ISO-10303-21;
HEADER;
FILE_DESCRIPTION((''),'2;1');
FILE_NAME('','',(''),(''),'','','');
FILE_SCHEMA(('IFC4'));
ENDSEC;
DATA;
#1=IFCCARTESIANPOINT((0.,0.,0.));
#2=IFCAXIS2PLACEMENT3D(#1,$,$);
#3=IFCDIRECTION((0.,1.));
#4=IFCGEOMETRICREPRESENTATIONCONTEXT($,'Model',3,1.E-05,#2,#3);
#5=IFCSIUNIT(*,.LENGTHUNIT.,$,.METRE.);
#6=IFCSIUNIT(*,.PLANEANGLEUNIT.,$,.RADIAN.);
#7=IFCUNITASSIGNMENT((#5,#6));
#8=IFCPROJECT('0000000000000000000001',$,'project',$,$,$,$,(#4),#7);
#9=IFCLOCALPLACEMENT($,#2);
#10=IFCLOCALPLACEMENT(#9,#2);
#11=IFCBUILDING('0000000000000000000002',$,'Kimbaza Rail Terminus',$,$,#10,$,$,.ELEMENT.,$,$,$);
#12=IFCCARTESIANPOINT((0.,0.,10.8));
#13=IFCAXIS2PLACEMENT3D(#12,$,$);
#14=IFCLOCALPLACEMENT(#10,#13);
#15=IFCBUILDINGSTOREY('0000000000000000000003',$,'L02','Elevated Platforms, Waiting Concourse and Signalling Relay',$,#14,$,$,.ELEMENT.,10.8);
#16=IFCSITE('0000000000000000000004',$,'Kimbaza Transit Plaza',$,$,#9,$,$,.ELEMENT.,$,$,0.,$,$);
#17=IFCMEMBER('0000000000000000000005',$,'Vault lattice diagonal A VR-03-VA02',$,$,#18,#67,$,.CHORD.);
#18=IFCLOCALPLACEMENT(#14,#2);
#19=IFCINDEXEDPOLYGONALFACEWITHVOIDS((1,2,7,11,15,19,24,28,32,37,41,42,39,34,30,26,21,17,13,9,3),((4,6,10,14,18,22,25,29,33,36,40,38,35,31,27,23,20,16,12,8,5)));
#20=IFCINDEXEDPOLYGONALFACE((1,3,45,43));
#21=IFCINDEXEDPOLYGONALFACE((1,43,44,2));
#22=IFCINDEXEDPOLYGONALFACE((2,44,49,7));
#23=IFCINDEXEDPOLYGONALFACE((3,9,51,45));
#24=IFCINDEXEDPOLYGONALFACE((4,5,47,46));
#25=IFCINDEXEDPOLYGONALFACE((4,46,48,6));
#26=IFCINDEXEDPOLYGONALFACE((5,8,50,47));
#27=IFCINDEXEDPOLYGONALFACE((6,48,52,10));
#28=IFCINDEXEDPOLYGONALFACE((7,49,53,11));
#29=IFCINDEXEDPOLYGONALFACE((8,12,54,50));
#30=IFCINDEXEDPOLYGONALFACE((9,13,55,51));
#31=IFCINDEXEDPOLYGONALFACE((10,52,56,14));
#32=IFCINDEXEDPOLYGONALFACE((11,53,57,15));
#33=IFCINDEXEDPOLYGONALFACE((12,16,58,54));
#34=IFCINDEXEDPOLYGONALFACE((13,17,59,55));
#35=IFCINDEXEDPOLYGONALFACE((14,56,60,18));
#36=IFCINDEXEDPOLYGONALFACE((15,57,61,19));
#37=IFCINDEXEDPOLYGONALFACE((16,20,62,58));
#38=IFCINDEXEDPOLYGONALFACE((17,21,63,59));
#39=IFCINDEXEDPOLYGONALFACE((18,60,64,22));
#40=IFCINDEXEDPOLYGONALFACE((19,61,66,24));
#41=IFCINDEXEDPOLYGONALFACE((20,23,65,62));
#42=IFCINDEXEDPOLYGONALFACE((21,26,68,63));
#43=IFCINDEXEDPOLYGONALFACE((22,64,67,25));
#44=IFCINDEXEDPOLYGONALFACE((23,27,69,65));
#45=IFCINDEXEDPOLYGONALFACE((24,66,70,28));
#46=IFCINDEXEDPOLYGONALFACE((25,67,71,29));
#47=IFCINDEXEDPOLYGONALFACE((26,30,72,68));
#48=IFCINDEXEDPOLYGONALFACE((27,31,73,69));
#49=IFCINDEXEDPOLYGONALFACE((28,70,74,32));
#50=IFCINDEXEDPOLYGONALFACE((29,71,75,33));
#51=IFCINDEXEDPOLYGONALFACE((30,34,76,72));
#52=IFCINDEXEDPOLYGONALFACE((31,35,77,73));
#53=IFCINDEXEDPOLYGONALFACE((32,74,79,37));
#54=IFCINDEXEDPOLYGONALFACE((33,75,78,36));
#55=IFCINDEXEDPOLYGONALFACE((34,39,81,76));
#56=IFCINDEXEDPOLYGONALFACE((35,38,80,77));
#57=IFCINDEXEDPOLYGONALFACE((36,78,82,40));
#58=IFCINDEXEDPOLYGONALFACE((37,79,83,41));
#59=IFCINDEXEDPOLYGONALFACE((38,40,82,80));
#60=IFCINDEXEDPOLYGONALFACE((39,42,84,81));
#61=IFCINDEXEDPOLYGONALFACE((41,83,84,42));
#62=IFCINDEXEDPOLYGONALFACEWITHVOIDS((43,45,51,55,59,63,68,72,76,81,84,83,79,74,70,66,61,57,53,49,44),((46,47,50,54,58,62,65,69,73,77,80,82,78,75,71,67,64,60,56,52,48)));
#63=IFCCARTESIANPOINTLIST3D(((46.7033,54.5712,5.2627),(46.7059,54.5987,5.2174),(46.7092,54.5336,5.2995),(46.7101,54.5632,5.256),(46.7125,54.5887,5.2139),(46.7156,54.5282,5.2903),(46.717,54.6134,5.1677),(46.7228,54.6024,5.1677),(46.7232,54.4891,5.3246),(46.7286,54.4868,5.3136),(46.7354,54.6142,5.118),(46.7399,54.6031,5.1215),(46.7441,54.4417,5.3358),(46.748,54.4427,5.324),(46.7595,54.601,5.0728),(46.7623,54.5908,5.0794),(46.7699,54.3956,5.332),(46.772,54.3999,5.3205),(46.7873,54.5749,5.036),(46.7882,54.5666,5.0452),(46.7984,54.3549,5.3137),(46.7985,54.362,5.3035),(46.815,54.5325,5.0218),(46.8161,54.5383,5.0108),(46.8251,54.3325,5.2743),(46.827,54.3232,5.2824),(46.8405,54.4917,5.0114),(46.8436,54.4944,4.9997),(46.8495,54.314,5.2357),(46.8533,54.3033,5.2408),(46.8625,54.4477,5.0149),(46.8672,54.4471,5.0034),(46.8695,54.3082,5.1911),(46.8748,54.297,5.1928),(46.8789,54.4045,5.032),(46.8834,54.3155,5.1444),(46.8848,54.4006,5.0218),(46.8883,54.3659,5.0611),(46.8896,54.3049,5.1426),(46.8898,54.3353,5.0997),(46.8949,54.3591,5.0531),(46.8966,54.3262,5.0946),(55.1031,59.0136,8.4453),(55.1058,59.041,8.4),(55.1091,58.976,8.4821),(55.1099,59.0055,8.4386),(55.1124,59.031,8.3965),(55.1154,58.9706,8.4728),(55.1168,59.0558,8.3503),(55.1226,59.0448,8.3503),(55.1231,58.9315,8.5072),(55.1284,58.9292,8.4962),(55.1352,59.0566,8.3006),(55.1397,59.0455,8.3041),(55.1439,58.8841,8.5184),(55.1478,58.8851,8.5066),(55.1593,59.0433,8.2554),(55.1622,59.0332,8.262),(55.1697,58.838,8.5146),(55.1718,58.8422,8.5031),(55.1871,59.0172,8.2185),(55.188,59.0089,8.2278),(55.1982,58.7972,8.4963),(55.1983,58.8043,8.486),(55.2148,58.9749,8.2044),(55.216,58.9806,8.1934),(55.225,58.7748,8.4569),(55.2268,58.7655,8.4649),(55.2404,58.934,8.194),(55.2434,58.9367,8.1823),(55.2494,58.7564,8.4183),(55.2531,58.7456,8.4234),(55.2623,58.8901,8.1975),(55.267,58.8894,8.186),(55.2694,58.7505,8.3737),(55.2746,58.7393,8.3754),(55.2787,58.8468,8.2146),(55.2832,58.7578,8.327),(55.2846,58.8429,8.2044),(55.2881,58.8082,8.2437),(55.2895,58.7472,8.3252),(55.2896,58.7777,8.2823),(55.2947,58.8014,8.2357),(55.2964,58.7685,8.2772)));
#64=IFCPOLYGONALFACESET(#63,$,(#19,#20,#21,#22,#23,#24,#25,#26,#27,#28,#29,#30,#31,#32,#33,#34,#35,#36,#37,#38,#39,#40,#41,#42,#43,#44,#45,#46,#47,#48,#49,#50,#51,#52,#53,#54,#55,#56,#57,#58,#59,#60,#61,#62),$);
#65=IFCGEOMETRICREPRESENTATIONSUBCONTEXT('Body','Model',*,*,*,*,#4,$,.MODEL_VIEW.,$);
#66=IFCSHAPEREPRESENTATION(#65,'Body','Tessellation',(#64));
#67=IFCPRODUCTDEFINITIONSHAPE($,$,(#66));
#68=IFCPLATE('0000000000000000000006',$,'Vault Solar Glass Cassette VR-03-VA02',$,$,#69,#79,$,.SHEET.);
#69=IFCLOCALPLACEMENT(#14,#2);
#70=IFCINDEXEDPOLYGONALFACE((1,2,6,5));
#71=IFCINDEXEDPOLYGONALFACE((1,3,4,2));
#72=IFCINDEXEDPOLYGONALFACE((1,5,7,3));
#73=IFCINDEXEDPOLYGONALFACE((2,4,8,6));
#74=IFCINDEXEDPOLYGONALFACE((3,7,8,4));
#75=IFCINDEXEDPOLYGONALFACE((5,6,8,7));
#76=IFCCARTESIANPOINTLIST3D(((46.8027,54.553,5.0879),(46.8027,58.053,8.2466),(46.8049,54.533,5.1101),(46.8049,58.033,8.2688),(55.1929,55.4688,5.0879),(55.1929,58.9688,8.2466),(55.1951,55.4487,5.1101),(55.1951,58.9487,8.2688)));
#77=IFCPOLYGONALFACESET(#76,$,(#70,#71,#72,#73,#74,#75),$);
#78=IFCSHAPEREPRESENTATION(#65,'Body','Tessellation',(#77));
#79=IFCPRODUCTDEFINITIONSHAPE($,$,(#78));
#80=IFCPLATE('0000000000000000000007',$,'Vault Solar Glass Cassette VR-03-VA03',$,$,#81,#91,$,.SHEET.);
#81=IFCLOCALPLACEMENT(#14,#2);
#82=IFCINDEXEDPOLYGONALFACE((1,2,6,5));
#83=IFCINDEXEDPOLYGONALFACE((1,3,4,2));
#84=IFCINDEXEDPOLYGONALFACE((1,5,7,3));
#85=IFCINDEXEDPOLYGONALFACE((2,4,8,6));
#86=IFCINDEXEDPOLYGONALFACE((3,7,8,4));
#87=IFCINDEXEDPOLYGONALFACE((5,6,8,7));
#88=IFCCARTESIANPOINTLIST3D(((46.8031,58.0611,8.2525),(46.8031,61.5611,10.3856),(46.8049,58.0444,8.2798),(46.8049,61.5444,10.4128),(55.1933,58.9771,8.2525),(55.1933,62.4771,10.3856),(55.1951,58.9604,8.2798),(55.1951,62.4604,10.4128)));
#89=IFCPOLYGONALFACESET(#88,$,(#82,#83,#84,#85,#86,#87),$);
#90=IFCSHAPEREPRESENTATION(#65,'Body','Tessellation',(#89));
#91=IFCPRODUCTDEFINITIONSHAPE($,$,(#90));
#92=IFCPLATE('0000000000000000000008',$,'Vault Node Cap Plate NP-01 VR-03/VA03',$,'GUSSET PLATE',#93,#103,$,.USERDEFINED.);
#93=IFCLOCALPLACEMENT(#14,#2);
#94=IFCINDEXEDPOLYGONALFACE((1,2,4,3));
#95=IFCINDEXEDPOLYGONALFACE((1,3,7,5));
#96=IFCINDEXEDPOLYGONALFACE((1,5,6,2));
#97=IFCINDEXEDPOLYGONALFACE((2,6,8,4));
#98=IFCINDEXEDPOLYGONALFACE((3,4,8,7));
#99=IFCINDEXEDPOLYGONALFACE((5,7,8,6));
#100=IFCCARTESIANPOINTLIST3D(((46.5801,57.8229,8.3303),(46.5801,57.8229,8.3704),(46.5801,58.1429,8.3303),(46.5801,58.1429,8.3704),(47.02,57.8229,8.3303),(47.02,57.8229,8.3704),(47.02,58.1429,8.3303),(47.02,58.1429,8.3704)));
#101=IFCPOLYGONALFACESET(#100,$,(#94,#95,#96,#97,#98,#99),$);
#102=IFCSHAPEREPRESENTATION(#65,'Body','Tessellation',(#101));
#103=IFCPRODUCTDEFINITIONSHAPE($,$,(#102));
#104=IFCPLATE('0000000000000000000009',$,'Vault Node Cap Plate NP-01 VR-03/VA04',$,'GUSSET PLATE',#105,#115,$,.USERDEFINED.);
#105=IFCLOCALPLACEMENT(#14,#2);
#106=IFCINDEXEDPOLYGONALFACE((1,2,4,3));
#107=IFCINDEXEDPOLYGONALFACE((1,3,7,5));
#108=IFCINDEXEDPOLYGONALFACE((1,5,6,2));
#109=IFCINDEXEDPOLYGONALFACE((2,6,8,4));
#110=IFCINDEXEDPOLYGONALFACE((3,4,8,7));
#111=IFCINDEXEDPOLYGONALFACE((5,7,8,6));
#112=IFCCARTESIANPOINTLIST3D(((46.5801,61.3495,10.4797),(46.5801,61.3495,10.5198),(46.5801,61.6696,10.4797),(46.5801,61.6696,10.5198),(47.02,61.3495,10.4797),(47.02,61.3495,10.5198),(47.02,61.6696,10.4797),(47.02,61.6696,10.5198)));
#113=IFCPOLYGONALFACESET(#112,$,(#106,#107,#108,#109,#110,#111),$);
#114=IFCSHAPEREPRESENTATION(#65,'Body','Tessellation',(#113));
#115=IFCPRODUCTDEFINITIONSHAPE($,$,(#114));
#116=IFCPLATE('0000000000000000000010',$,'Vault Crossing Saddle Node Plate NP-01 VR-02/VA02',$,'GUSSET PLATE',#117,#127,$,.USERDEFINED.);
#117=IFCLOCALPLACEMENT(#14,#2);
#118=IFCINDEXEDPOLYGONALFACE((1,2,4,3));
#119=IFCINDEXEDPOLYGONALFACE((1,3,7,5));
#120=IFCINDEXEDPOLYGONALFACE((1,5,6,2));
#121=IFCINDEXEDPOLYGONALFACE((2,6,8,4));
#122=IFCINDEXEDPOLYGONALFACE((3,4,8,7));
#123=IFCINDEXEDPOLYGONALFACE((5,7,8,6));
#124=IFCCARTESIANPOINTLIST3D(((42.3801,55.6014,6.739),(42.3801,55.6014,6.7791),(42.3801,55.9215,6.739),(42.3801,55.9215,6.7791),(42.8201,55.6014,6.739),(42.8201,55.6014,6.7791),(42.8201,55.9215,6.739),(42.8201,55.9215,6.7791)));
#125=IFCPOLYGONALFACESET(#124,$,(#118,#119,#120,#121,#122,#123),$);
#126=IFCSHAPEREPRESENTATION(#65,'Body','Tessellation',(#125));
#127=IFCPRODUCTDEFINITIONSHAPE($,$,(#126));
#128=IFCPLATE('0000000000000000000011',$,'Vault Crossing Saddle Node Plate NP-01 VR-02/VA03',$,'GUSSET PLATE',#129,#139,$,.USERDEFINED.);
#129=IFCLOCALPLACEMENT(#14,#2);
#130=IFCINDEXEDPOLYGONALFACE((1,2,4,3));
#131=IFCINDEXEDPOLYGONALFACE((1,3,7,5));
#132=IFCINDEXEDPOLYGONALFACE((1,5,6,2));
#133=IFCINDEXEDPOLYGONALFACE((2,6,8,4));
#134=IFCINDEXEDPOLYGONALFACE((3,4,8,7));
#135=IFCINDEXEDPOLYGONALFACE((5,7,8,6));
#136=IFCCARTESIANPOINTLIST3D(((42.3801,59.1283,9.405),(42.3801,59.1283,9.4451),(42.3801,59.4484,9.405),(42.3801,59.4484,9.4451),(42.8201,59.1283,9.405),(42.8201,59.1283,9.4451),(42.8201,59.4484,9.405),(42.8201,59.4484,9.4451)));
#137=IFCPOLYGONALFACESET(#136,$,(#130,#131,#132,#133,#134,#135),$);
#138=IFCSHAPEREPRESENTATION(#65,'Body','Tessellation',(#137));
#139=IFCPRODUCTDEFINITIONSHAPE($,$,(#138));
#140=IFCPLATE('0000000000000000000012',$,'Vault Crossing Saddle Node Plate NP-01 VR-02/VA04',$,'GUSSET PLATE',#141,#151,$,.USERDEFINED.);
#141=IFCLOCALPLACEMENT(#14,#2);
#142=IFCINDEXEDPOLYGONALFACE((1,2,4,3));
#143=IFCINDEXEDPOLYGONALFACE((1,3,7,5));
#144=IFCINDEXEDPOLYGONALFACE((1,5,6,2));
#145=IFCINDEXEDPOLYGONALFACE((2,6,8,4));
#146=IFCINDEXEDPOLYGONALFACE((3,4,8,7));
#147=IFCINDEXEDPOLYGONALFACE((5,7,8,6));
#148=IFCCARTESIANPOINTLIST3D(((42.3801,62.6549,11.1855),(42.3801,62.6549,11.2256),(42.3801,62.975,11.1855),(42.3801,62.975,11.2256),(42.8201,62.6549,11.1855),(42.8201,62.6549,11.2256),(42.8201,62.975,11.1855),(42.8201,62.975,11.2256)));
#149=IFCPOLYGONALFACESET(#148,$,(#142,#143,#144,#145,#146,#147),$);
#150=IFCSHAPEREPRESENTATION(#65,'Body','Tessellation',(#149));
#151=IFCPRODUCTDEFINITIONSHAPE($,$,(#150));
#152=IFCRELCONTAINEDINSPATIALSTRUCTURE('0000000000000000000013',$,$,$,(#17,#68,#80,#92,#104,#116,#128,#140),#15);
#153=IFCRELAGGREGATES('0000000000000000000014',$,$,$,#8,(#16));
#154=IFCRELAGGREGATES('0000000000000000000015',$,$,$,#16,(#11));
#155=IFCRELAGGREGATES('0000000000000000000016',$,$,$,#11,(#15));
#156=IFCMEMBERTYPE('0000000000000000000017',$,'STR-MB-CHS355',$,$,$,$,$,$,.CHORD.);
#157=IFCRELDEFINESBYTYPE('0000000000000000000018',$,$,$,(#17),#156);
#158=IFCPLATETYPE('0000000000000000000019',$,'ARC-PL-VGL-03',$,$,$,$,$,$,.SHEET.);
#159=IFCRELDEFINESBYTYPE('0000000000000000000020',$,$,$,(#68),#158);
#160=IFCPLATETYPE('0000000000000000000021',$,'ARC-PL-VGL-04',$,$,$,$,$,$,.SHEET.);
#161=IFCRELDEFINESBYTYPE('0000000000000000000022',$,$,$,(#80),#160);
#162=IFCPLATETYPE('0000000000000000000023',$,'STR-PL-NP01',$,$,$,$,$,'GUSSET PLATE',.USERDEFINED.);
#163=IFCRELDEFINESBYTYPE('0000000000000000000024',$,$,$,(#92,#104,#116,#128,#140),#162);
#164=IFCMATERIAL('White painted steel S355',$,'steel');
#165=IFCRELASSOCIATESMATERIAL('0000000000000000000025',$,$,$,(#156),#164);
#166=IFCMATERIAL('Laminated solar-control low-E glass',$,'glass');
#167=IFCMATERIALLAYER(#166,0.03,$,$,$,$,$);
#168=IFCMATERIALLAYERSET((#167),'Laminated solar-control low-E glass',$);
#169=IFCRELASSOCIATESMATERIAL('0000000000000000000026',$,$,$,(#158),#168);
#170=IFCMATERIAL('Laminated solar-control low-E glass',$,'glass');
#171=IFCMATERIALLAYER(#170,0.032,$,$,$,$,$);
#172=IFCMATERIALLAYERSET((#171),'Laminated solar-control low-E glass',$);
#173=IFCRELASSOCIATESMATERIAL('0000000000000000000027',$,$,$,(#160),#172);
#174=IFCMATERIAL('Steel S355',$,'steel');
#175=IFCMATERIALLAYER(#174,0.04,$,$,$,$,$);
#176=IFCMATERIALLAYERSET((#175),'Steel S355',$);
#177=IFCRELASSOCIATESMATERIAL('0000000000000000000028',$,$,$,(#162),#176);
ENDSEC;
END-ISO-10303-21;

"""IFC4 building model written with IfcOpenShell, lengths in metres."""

from ifc_helpers import new_model, si_unit, direction, frame, origin, origin_2d, place, context, subcontext, project, spatial, polyline, rectangle, hollow_circle, outline, extrude, material, layer, layer_set, material_profile, profile_set, type_object, element, save


model = new_model("IFC4")

# Units and contexts
model_context = context("Model", 3, precision=1e-05, world=origin(), true_north=direction((0.0, 1.0)))
body_context = subcontext(model_context, "Body", "Model", "MODEL_VIEW")
ifc_project = project(units=[si_unit("LENGTHUNIT", "METRE"), si_unit("PLANEANGLEUNIT", "RADIAN")], contexts=[model_context])

# Site, building, storey
site_placement = place(None, origin())
site = spatial("IfcSite", under=ifc_project, at=site_placement, Name="Kimbaza Transit Plaza", CompositionType="ELEMENT", RefElevation=0.0)
building_placement = place(site_placement, origin())
building = spatial("IfcBuilding", under=site, at=building_placement, Name="Kimbaza Rail Terminus", CompositionType="ELEMENT")
storey_placement = place(building_placement, frame((0.0, 0.0, 10.8)))
storey = spatial("IfcBuildingStorey", under=building, at=storey_placement, Name="L02", Description="Elevated Platforms, Waiting Concourse and Signalling Relay", CompositionType="ELEMENT", Elevation=10.8)

# Member
ifc_material_1 = material(Name="White painted steel S355", Category="steel")
ifc_material_profile_1 = material_profile(ifc_material_1, hollow_circle(Radius=0.1777, WallThickness=0.0125, at=origin_2d()), Name="CHS 355.6x12.5")
ifc_profile_set_1 = profile_set([ifc_material_profile_1], Name="White painted steel S355")
member_type_1 = type_object("IfcMemberType", Name="STR-MB-CHS355", PredefinedType="CHORD", material=ifc_profile_set_1)
member_1_placement = place(storey_placement, frame((46.8, 54.4563, 5.1677), z_axis=(0.838223, 0.443304, 0.317592), x_axis=(-0.467508, 0.883989, 0.0)))
element("IfcMember", 1, at=member_1_placement, inside=storey, type_object=member_type_1, Name="Vault lattice diagonal A VR-03-VA02", PredefinedType="CHORD", context=body_context, shape_type="SweptSolid", body=[
    extrude(hollow_circle(Radius=0.1777, WallThickness=0.0125, at=origin_2d()), origin(), (0.0, 0.0, 1.0), 10.021),
])

# Plates
ifc_material_2 = material(Name="Laminated solar-control low-E glass", Category="glass")
ifc_layer_1 = layer(ifc_material_2, 0.03)
ifc_layer_set_1 = layer_set([ifc_layer_1], Name="Laminated solar-control low-E glass")
plate_type_1 = type_object("IfcPlateType", Name="ARC-PL-VGL-03", PredefinedType="SHEET", material=ifc_layer_set_1)
plate_1_placement = place(storey_placement, frame((46.8049, 54.533, 5.1101), z_axis=(0.072933, -0.668198, 0.7404), x_axis=(0.994096, 0.108504, 0.0)))
element("IfcPlate", 2, at=plate_1_placement, inside=storey, type_object=plate_type_1, Name="Vault Solar Glass Cassette VR-03-VA02", PredefinedType="SHEET", context=body_context, shape_type="SweptSolid", body=[
    extrude(outline(polyline([(0.0, 0.0), (8.44, 0.0), (8.8197, 4.6993), (0.3798, 4.6993), (0.0, 0.0)])), origin(), (0.0, 0.0, -1.0), 0.03),
])
ifc_material_3 = material(Name="Laminated solar-control low-E glass", Category="glass")
ifc_layer_2 = layer(ifc_material_3, 0.032)
ifc_layer_set_2 = layer_set([ifc_layer_2], Name="Laminated solar-control low-E glass")
plate_type_2 = type_object("IfcPlateType", Name="ARC-PL-VGL-04", PredefinedType="SHEET", material=ifc_layer_set_2)
plate_2_placement = place(storey_placement, frame((46.8049, 58.0444, 8.2798), z_axis=(0.056726, -0.519576, 0.852539), x_axis=(0.994093, 0.108533, 0.0)))
element("IfcPlate", 3, at=plate_2_placement, inside=storey, type_object=plate_type_2, Name="Vault Solar Glass Cassette VR-03-VA03", PredefinedType="SHEET", context=body_context, shape_type="SweptSolid", body=[
    extrude(outline(polyline([(0.0, 0.0), (8.44, 0.0), (8.8199, 4.0811), (0.3799, 4.0811), (0.0, 0.0)])), origin(), (0.0, 0.0, -1.0), 0.032),
])
ifc_material_4 = material(Name="Steel S355", Category="steel")
ifc_layer_3 = layer(ifc_material_4, 0.04)
ifc_layer_set_3 = layer_set([ifc_layer_3], Name="Steel S355")
plate_type_3 = type_object("IfcPlateType", Name="STR-PL-NP01", ElementType="GUSSET PLATE", PredefinedType="USERDEFINED", material=ifc_layer_set_3)
for number, where, z_axis, x_axis, name in (
    (4, (46.8, 57.9829, 8.3303), (0.0, 0.0, 1.0), (1.0, 0.0, 0.0), "Vault Node Cap Plate NP-01 VR-03/VA03"),
    (5, (46.8, 61.5095, 10.4797), (0.0, 0.0, 1.0), (1.0, 0.0, 0.0), "Vault Node Cap Plate NP-01 VR-03/VA04"),
    (6, (42.6001, 55.7615, 6.739), (0.0, 0.0, 1.0), (1.0, 0.0, 0.0), "Vault Crossing Saddle Node Plate NP-01 VR-02/VA02"),
    (7, (42.6001, 59.2883, 9.405), (0.0, 0.0, 1.0), (1.0, 0.0, 0.0), "Vault Crossing Saddle Node Plate NP-01 VR-02/VA03"),
    (8, (42.6001, 62.8149, 11.1855), (0.0, 0.0, 1.0), (1.0, 0.0, 0.0), "Vault Crossing Saddle Node Plate NP-01 VR-02/VA04"),
):
    element("IfcPlate", number, at=place(storey_placement, frame(where, z_axis=z_axis, x_axis=x_axis)), inside=storey, type_object=plate_type_3, Name=name, ObjectType="GUSSET PLATE", PredefinedType="USERDEFINED", context=body_context, shape_type="SweptSolid", body=[
        extrude(rectangle(XDim=0.4399, YDim=0.3201, at=origin_2d()), origin(), (0.0, 0.0, 1.0), 0.04),
    ])

save(model, "model.ifc")
